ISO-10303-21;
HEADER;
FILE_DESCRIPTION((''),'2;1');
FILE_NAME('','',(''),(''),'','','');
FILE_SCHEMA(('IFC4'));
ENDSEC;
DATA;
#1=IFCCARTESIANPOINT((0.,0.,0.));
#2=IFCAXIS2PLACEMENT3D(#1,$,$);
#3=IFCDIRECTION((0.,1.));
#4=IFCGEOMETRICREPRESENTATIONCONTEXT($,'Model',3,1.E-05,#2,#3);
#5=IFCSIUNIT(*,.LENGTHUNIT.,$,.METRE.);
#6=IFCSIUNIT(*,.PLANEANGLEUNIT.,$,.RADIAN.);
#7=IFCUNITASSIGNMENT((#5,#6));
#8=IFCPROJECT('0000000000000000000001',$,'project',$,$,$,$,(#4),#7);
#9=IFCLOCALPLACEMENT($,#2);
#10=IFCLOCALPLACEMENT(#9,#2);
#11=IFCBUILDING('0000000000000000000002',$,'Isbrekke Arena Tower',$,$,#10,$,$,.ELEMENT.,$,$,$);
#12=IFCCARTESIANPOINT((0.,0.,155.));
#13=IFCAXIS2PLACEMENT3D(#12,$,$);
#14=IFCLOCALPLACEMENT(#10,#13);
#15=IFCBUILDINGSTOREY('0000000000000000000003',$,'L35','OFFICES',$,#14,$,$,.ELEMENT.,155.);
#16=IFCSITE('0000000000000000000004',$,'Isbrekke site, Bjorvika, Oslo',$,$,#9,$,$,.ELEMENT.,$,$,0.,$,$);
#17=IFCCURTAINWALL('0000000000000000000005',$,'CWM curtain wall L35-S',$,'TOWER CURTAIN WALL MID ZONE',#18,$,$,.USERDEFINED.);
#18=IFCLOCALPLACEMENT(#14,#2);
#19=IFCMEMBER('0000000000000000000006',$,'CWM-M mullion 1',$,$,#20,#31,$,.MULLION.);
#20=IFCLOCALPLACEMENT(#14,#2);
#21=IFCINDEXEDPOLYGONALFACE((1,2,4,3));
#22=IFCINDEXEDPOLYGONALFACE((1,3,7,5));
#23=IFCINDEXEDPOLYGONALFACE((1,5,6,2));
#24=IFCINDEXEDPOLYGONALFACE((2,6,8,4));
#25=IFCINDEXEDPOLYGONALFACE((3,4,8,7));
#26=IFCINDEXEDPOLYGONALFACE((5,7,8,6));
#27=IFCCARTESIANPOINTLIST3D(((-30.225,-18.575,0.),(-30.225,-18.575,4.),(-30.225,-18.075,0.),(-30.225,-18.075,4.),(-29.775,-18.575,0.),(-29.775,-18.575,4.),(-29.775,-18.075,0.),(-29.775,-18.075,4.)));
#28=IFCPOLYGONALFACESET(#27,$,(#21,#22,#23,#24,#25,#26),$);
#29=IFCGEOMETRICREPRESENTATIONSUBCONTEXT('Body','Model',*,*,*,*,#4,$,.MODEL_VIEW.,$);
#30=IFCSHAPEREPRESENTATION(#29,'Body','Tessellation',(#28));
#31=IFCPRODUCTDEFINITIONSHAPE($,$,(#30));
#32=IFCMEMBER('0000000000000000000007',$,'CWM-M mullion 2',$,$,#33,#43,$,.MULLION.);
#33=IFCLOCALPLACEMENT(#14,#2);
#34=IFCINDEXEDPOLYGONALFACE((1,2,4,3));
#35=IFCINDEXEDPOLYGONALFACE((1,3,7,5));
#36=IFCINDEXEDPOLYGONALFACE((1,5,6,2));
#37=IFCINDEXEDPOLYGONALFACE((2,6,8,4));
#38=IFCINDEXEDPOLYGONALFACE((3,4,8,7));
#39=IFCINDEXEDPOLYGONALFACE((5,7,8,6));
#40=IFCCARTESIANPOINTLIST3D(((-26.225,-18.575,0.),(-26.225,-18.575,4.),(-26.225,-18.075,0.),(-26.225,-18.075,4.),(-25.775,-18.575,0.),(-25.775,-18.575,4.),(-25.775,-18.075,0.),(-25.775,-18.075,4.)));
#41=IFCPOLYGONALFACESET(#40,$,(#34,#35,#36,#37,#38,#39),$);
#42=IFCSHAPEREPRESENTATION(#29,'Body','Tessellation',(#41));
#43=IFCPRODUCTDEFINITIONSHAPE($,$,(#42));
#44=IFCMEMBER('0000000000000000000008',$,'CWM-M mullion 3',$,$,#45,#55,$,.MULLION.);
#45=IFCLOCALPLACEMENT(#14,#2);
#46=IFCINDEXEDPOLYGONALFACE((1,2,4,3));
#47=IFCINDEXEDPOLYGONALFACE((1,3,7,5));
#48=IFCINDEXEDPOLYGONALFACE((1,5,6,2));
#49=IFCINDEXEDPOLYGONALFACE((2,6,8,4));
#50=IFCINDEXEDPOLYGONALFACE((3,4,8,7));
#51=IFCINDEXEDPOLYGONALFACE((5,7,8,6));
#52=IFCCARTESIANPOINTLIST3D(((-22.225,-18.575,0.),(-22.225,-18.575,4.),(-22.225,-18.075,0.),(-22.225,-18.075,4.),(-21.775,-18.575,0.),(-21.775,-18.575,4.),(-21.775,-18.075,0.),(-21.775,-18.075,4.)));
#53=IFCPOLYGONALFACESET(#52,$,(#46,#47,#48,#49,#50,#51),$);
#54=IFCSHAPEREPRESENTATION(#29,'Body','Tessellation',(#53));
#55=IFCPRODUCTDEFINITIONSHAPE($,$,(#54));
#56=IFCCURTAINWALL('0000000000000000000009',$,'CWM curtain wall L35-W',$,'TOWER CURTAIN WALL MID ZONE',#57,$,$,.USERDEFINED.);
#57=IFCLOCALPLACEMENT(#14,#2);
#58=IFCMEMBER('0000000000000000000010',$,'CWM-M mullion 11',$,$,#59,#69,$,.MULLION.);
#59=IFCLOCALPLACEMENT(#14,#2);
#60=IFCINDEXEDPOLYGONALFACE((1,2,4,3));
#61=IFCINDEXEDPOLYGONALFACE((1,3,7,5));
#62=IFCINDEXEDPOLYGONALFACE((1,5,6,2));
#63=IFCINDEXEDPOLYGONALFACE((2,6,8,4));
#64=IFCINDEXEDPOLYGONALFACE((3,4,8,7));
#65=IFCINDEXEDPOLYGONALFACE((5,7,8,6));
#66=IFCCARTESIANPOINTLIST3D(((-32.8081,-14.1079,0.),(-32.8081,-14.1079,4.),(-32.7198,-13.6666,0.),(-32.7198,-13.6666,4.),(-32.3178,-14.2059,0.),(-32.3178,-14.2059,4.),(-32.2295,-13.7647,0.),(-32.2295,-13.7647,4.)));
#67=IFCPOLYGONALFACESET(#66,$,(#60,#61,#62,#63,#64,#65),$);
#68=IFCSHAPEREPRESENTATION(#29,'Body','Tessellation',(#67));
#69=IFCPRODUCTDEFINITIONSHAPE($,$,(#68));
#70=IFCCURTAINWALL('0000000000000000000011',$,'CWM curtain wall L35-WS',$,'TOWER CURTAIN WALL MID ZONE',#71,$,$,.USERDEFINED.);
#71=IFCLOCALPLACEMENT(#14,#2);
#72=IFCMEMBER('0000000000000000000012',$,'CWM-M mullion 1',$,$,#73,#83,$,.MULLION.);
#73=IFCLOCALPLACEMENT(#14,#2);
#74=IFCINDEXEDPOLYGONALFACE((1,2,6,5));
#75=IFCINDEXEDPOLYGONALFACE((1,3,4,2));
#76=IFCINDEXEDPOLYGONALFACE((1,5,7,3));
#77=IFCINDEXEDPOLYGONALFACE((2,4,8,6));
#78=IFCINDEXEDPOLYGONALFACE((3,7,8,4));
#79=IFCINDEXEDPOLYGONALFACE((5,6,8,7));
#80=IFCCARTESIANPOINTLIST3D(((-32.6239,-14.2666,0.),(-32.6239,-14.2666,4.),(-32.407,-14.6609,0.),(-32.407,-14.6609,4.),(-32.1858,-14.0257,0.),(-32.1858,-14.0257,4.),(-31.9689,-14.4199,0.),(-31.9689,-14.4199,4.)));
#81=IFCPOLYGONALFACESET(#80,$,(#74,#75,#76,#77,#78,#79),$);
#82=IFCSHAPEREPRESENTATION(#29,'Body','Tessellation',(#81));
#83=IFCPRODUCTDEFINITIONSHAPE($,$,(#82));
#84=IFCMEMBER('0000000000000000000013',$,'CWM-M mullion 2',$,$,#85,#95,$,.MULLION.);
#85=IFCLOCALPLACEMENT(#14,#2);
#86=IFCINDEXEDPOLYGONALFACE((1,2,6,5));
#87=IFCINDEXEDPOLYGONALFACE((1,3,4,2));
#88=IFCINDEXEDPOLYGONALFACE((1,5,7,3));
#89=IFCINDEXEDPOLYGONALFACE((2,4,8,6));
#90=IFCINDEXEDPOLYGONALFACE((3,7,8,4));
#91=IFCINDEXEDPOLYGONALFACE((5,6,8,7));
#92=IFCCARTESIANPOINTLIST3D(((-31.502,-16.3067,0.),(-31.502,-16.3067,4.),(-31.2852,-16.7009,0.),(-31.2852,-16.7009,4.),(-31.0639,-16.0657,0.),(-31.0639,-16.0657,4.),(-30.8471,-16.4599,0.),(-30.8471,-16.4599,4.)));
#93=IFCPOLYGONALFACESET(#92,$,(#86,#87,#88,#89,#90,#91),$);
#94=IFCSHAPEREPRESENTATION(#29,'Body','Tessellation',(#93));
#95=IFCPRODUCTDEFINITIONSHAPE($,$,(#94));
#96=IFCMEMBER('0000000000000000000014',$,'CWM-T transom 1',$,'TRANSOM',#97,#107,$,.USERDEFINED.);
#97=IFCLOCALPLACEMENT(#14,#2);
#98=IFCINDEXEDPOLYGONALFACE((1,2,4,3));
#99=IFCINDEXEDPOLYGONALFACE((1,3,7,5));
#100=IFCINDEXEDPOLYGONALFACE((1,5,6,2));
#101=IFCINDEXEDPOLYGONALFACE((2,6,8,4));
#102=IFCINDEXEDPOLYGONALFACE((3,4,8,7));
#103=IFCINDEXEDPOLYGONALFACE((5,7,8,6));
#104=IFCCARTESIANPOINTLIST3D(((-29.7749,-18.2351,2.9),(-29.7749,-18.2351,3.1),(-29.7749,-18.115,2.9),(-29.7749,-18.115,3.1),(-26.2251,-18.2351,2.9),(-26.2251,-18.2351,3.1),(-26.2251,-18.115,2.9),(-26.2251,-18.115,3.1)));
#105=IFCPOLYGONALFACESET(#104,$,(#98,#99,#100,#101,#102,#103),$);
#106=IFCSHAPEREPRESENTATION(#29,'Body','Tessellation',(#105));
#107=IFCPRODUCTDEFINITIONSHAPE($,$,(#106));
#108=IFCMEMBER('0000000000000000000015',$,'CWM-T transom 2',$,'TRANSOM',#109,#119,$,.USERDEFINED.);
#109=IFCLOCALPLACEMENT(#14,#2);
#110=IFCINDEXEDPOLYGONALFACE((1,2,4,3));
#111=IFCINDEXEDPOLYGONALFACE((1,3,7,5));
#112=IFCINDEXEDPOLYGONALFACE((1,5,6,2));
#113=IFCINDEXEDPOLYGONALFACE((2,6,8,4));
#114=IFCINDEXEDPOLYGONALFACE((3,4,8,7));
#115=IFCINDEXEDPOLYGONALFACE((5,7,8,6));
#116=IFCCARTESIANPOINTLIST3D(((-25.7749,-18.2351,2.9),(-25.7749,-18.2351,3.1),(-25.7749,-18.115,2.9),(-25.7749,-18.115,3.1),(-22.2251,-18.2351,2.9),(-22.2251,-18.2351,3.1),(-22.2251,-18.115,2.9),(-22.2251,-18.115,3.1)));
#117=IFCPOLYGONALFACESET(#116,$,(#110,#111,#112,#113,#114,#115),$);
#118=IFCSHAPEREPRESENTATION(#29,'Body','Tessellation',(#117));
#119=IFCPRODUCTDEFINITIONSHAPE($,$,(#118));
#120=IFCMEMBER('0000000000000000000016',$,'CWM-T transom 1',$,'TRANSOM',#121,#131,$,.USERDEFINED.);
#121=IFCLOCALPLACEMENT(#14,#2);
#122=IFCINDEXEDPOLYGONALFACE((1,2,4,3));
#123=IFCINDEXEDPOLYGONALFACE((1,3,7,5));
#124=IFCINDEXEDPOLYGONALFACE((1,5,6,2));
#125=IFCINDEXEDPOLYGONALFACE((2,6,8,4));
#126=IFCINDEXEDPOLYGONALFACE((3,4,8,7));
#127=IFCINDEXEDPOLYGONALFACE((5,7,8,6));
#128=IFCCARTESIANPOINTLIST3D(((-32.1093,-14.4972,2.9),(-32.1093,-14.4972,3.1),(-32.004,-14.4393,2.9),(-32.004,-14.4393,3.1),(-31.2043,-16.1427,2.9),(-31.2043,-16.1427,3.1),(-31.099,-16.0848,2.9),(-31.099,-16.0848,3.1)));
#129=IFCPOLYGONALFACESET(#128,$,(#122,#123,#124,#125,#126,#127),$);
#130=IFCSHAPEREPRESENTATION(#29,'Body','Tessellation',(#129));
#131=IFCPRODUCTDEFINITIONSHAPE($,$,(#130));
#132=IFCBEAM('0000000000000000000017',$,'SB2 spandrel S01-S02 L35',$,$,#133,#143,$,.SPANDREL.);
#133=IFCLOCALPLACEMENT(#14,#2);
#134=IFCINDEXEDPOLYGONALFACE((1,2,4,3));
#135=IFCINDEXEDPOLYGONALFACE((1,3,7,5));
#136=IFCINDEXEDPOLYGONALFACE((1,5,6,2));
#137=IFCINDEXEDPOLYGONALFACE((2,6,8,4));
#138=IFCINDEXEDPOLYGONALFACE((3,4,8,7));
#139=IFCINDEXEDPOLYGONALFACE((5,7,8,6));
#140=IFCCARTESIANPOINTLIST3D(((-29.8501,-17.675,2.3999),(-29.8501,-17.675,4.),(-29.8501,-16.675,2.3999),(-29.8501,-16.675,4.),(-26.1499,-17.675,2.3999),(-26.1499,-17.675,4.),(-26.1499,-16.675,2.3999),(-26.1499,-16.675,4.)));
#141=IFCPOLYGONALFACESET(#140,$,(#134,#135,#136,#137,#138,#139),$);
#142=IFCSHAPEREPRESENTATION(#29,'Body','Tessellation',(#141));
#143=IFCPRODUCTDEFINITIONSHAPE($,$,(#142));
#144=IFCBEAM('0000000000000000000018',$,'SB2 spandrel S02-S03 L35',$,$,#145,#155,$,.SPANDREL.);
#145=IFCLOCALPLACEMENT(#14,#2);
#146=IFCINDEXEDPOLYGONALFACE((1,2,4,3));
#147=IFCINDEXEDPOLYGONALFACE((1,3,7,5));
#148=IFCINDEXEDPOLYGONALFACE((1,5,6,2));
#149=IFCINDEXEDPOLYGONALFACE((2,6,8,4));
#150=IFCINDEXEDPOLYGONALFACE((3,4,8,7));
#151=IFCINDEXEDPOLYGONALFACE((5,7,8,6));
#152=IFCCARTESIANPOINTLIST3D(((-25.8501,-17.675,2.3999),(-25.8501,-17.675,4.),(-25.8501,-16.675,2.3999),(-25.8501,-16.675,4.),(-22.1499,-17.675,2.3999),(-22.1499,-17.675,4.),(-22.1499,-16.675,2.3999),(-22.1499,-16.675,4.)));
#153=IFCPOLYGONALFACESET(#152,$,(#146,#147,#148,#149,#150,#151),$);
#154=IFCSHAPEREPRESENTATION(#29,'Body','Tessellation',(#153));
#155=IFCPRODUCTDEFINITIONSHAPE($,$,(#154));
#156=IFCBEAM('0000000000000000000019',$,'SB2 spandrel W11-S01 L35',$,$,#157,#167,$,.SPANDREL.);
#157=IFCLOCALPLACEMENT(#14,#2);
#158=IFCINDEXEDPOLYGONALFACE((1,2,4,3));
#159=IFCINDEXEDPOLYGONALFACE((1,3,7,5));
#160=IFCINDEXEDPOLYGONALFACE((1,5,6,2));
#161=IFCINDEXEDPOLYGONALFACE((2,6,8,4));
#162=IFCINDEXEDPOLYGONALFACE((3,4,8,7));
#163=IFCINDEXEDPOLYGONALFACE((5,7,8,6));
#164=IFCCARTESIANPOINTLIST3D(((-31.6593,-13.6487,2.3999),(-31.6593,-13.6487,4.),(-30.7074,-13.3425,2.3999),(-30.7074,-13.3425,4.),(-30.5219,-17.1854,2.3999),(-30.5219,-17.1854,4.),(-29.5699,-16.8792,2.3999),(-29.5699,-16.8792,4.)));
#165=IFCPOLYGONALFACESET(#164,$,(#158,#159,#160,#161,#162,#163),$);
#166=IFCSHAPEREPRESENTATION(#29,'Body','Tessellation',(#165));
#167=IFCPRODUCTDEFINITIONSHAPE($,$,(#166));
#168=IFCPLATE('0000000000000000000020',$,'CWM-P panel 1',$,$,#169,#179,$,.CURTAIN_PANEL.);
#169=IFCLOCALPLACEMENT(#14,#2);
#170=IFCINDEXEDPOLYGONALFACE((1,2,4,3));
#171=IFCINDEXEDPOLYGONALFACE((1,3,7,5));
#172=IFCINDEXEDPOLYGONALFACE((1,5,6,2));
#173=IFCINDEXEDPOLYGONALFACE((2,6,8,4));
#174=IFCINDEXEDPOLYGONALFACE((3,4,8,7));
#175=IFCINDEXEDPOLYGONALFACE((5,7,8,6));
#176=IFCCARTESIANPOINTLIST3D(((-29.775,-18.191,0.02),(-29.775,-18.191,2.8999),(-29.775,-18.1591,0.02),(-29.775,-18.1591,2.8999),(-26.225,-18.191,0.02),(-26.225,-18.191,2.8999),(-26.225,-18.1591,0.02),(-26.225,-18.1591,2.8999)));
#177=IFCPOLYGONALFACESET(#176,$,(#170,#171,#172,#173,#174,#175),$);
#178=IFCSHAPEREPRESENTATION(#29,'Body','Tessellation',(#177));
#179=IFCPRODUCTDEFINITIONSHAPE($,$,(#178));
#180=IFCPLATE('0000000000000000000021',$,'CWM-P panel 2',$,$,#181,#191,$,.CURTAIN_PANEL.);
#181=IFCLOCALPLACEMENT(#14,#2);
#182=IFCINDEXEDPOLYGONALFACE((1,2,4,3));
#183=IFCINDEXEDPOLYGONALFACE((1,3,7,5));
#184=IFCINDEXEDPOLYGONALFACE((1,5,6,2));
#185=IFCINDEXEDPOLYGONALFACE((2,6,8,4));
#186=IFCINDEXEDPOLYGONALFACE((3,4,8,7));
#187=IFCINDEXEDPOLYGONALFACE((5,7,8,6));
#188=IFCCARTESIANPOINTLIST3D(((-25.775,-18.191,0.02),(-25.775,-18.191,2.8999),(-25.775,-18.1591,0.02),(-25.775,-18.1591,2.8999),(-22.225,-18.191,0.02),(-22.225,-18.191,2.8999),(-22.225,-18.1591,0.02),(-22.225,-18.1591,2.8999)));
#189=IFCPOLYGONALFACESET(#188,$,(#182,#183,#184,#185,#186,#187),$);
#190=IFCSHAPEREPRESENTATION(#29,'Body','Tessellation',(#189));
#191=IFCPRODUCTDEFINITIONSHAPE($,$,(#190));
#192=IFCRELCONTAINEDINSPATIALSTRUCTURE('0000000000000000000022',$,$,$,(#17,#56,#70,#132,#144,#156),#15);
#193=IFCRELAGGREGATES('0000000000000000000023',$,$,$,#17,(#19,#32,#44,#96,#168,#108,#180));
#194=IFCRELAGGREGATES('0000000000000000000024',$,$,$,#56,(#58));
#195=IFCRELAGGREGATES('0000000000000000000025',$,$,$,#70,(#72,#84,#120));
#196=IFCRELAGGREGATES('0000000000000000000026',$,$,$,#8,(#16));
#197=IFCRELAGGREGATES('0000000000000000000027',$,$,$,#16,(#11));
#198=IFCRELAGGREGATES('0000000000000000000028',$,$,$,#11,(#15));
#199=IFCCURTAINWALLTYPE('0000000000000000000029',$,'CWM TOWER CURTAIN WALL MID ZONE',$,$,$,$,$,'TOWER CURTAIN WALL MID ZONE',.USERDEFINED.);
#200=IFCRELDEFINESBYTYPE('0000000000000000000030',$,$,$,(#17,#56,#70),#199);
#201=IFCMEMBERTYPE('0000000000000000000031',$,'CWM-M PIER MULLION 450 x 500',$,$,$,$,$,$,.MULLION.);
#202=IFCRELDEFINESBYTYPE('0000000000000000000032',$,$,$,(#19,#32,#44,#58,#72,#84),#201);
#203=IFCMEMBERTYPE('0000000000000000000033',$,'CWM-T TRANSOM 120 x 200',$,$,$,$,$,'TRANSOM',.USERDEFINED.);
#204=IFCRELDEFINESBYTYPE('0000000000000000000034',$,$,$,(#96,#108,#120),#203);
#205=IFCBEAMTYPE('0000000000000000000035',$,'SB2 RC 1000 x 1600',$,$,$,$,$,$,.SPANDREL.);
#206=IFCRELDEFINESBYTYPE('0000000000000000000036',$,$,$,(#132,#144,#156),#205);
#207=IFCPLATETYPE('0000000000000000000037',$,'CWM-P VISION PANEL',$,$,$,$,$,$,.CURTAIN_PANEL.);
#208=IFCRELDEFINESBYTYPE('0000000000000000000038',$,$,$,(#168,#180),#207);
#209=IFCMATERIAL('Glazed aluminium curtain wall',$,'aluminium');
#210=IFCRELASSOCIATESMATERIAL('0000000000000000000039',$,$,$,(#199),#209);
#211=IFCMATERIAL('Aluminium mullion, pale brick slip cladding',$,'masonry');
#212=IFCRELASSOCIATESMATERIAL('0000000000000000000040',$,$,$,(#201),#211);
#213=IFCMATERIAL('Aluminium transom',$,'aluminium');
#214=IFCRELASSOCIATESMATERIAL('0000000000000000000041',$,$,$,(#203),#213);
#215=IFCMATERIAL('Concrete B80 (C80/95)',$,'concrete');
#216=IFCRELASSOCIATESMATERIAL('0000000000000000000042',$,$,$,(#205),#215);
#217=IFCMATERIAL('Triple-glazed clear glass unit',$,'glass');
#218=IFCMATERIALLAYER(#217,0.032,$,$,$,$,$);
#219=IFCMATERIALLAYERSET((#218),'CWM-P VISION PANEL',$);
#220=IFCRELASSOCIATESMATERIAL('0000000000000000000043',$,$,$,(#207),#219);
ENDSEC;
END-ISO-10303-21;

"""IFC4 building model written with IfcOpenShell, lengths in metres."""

from ifc_helpers import new_model, si_unit, direction, frame, origin, origin_2d, place, context, subcontext, project, spatial, rectangle, extrude, material, layer, layer_set, material_profile, profile_set, type_object, element, aggregate, save


model = new_model("IFC4")

# Units and contexts
model_context = context("Model", 3, precision=1e-05, world=origin(), true_north=direction((0.0, 1.0)))
body_context = subcontext(model_context, "Body", "Model", "MODEL_VIEW")
ifc_project = project(units=[si_unit("LENGTHUNIT", "METRE"), si_unit("PLANEANGLEUNIT", "RADIAN")], contexts=[model_context])

# Site, building, storey
site_placement = place(None, origin())
site = spatial("IfcSite", under=ifc_project, at=site_placement, Name="Isbrekke site, Bjorvika, Oslo", CompositionType="ELEMENT", RefElevation=0.0)
building_placement = place(site_placement, origin())
building = spatial("IfcBuilding", under=site, at=building_placement, Name="Isbrekke Arena Tower", CompositionType="ELEMENT")
storey_placement = place(building_placement, frame((0.0, 0.0, 155.0)))
storey = spatial("IfcBuildingStorey", under=building, at=storey_placement, Name="L35", Description="OFFICES", CompositionType="ELEMENT", Elevation=155.0)

# Curtain wall, members
ifc_material_1 = material(Name="Glazed aluminium curtain wall", Category="aluminium")
curtain_wall_type = type_object("IfcCurtainWallType", Name="CWM TOWER CURTAIN WALL MID ZONE", ElementType="TOWER CURTAIN WALL MID ZONE", PredefinedType="USERDEFINED", material=ifc_material_1)
curtain_wall_1_placement = place(storey_placement, origin())
curtain_wall_1 = element("IfcCurtainWall", 1, at=curtain_wall_1_placement, inside=storey, type_object=curtain_wall_type, Name="CWM curtain wall L35-S", ObjectType="TOWER CURTAIN WALL MID ZONE", PredefinedType="USERDEFINED")
ifc_material_2 = material(Name="Aluminium mullion, pale brick slip cladding", Category="masonry")
ifc_material_profile_1 = material_profile(ifc_material_2, rectangle(XDim=0.45, YDim=0.5, at=origin_2d()), Name="PIER 450X500")
ifc_profile_set_1 = profile_set([ifc_material_profile_1], Name="Aluminium mullion, pale brick slip cladding")
member_type_1 = type_object("IfcMemberType", Name="CWM-M PIER MULLION 450 x 500", PredefinedType="MULLION", material=ifc_profile_set_1)
member_1_placement = place(storey_placement, frame((-30.0, -18.325, 0.0), z_axis=(0.0, 0.0, 1.0), x_axis=(1.0, 0.0, 0.0)))
member_1 = element("IfcMember", 2, at=member_1_placement, type_object=member_type_1, Name="CWM-M mullion 1", PredefinedType="MULLION", context=body_context, shape_type="SweptSolid", body=[
    extrude(rectangle(XDim=0.45, YDim=0.5, at=origin_2d()), origin(), (0.0, 0.0, 1.0), 4.0),
])
member_2_placement = place(storey_placement, frame((-26.0, -18.325, 0.0), z_axis=(0.0, 0.0, 1.0), x_axis=(1.0, 0.0, 0.0)))
member_2 = element("IfcMember", 3, at=member_2_placement, type_object=member_type_1, Name="CWM-M mullion 2", PredefinedType="MULLION", context=body_context, shape_type="SweptSolid", body=[
    extrude(rectangle(XDim=0.45, YDim=0.5, at=origin_2d()), origin(), (0.0, 0.0, 1.0), 4.0),
])
member_3_placement = place(storey_placement, frame((-22.0, -18.325, 0.0), z_axis=(0.0, 0.0, 1.0), x_axis=(1.0, 0.0, 0.0)))
member_3 = element("IfcMember", 4, at=member_3_placement, type_object=member_type_1, Name="CWM-M mullion 3", PredefinedType="MULLION", context=body_context, shape_type="SweptSolid", body=[
    extrude(rectangle(XDim=0.45, YDim=0.5, at=origin_2d()), origin(), (0.0, 0.0, 1.0), 4.0),
])

# Curtain wall, member
curtain_wall_2_placement = place(storey_placement, origin())
curtain_wall_2 = element("IfcCurtainWall", 5, at=curtain_wall_2_placement, inside=storey, type_object=curtain_wall_type, Name="CWM curtain wall L35-W", ObjectType="TOWER CURTAIN WALL MID ZONE", PredefinedType="USERDEFINED")
member_4_placement = place(storey_placement, frame((-32.5188, -13.9363, 0.0), z_axis=(0.0, 0.0, 1.0), x_axis=(-0.196116, -0.980581, 0.0)))
member_4 = element("IfcMember", 6, at=member_4_placement, type_object=member_type_1, Name="CWM-M mullion 11", PredefinedType="MULLION", context=body_context, shape_type="SweptSolid", body=[
    extrude(rectangle(XDim=0.45, YDim=0.5, at=origin_2d()), origin(), (0.0, 0.0, 1.0), 4.0),
])

# Curtain wall, members
curtain_wall_3_placement = place(storey_placement, origin())
curtain_wall_3 = element("IfcCurtainWall", 7, at=curtain_wall_3_placement, inside=storey, type_object=curtain_wall_type, Name="CWM curtain wall L35-WS", ObjectType="TOWER CURTAIN WALL MID ZONE", PredefinedType="USERDEFINED")
member_5_placement = place(storey_placement, frame((-32.2964, -14.3433, 0.0), z_axis=(0.0, 0.0, 1.0), x_axis=(0.481919, -0.876216, 0.0)))
member_5 = element("IfcMember", 8, at=member_5_placement, type_object=member_type_1, Name="CWM-M mullion 1", PredefinedType="MULLION", context=body_context, shape_type="SweptSolid", body=[
    extrude(rectangle(XDim=0.45, YDim=0.5, at=origin_2d()), origin(), (0.0, 0.0, 1.0), 4.0),
])
member_6_placement = place(storey_placement, frame((-31.1746, -16.3833, 0.0), z_axis=(0.0, 0.0, 1.0), x_axis=(0.481919, -0.876216, 0.0)))
member_6 = element("IfcMember", 9, at=member_6_placement, type_object=member_type_1, Name="CWM-M mullion 2", PredefinedType="MULLION", context=body_context, shape_type="SweptSolid", body=[
    extrude(rectangle(XDim=0.45, YDim=0.5, at=origin_2d()), origin(), (0.0, 0.0, 1.0), 4.0),
])

# Members
ifc_material_3 = material(Name="Aluminium transom", Category="aluminium")
ifc_material_profile_2 = material_profile(ifc_material_3, rectangle(XDim=0.1201, YDim=0.2, at=origin_2d()), Name="TRANSOM 120X200")
ifc_profile_set_2 = profile_set([ifc_material_profile_2], Name="Aluminium transom")
member_type_2 = type_object("IfcMemberType", Name="CWM-T TRANSOM 120 x 200", ElementType="TRANSOM", PredefinedType="USERDEFINED", material=ifc_profile_set_2)
member_7_placement = place(storey_placement, frame((-29.7749, -18.175, 3.0), z_axis=(1.0, 0.0, 0.0), x_axis=(0.0, 1.0, 0.0)))
member_7 = element("IfcMember", 10, at=member_7_placement, type_object=member_type_2, Name="CWM-T transom 1", ObjectType="TRANSOM", PredefinedType="USERDEFINED", context=body_context, shape_type="SweptSolid", body=[
    extrude(rectangle(XDim=0.1201, YDim=0.2, at=origin_2d()), origin(), (0.0, 0.0, 1.0), 3.5498),
])
member_8_placement = place(storey_placement, frame((-25.7749, -18.175, 3.0), z_axis=(1.0, 0.0, 0.0), x_axis=(0.0, 1.0, 0.0)))
member_8 = element("IfcMember", 11, at=member_8_placement, type_object=member_type_2, Name="CWM-T transom 2", ObjectType="TRANSOM", PredefinedType="USERDEFINED", context=body_context, shape_type="SweptSolid", body=[
    extrude(rectangle(XDim=0.1201, YDim=0.2, at=origin_2d()), origin(), (0.0, 0.0, 1.0), 3.5498),
])
member_9_placement = place(storey_placement, frame((-32.0566, -14.4683, 3.0), z_axis=(0.481919, -0.876216, 0.0), x_axis=(0.876216, 0.481919, 0.0)))
member_9 = element("IfcMember", 12, at=member_9_placement, type_object=member_type_2, Name="CWM-T transom 1", ObjectType="TRANSOM", PredefinedType="USERDEFINED", context=body_context, shape_type="SweptSolid", body=[
    extrude(rectangle(XDim=0.1201, YDim=0.2, at=origin_2d()), origin(), (0.0, 0.0, 1.0), 1.8779),
])

# Beams
ifc_material_4 = material(Name="Concrete B80 (C80/95)", Category="concrete")
ifc_material_profile_3 = material_profile(ifc_material_4, rectangle(XDim=1.0, YDim=1.6001, at=origin_2d()), Name="RC 1000x1600")
ifc_profile_set_3 = profile_set([ifc_material_profile_3], Name="Concrete B80 (C80/95)")
beam_type_1 = type_object("IfcBeamType", Name="SB2 RC 1000 x 1600", PredefinedType="SPANDREL", material=ifc_profile_set_3)
for number, where, z_axis, x_axis, name in (
    (13, (-29.8501, -17.175, 3.2), (1.0, 0.0, 0.0), (0.0, 1.0, 0.0), "SB2 spandrel S01-S02 L35"),
    (14, (-25.8501, -17.175, 3.2), (1.0, 0.0, 0.0), (0.0, 1.0, 0.0), "SB2 spandrel S02-S03 L35"),
):
    element("IfcBeam", number, at=place(storey_placement, frame(where, z_axis=z_axis, x_axis=x_axis)), inside=storey, type_object=beam_type_1, Name=name, PredefinedType="SPANDREL", context=body_context, shape_type="SweptSolid", body=[
        extrude(rectangle(XDim=1.0, YDim=1.6001, at=origin_2d()), origin(), (0.0, 0.0, 1.0), 3.7002),
    ])
beam_1_placement = place(storey_placement, frame((-31.1833, -13.4956, 3.2), z_axis=(0.306175, -0.951975, 0.0), x_axis=(0.951975, 0.306175, 0.0)))
element("IfcBeam", 15, at=beam_1_placement, inside=storey, type_object=beam_type_1, Name="SB2 spandrel W11-S01 L35", PredefinedType="SPANDREL", context=body_context, shape_type="SweptSolid", body=[
    extrude(rectangle(XDim=1.0, YDim=1.6001, at=origin_2d()), origin(), (0.0, 0.0, 1.0), 3.7151),
])

# Plates
ifc_material_5 = material(Name="Triple-glazed clear glass unit", Category="glass")
ifc_layer_1 = layer(ifc_material_5, 0.032)
ifc_layer_set_1 = layer_set([ifc_layer_1], Name="CWM-P VISION PANEL")
plate_type = type_object("IfcPlateType", Name="CWM-P VISION PANEL", PredefinedType="CURTAIN_PANEL", material=ifc_layer_set_1)
plate_1_placement = place(storey_placement, frame((-28.0, -18.175, 0.02), z_axis=(0.0, 0.0, 1.0), x_axis=(1.0, 0.0, 0.0)))
plate_1 = element("IfcPlate", 16, at=plate_1_placement, type_object=plate_type, Name="CWM-P panel 1", PredefinedType="CURTAIN_PANEL", context=body_context, shape_type="SweptSolid", body=[
    extrude(rectangle(XDim=3.55, YDim=0.032, at=origin_2d()), origin(), (0.0, 0.0, 1.0), 2.8799),
])
plate_2_placement = place(storey_placement, frame((-24.0, -18.175, 0.02), z_axis=(0.0, 0.0, 1.0), x_axis=(1.0, 0.0, 0.0)))
plate_2 = element("IfcPlate", 17, at=plate_2_placement, type_object=plate_type, Name="CWM-P panel 2", PredefinedType="CURTAIN_PANEL", context=body_context, shape_type="SweptSolid", body=[
    extrude(rectangle(XDim=3.55, YDim=0.032, at=origin_2d()), origin(), (0.0, 0.0, 1.0), 2.8799),
])
aggregate(curtain_wall_1, [member_1, member_2, member_3, member_7, plate_1, member_8, plate_2])
aggregate(curtain_wall_2, [member_4])
aggregate(curtain_wall_3, [member_5, member_6, member_9])

save(model, "model.ifc")
